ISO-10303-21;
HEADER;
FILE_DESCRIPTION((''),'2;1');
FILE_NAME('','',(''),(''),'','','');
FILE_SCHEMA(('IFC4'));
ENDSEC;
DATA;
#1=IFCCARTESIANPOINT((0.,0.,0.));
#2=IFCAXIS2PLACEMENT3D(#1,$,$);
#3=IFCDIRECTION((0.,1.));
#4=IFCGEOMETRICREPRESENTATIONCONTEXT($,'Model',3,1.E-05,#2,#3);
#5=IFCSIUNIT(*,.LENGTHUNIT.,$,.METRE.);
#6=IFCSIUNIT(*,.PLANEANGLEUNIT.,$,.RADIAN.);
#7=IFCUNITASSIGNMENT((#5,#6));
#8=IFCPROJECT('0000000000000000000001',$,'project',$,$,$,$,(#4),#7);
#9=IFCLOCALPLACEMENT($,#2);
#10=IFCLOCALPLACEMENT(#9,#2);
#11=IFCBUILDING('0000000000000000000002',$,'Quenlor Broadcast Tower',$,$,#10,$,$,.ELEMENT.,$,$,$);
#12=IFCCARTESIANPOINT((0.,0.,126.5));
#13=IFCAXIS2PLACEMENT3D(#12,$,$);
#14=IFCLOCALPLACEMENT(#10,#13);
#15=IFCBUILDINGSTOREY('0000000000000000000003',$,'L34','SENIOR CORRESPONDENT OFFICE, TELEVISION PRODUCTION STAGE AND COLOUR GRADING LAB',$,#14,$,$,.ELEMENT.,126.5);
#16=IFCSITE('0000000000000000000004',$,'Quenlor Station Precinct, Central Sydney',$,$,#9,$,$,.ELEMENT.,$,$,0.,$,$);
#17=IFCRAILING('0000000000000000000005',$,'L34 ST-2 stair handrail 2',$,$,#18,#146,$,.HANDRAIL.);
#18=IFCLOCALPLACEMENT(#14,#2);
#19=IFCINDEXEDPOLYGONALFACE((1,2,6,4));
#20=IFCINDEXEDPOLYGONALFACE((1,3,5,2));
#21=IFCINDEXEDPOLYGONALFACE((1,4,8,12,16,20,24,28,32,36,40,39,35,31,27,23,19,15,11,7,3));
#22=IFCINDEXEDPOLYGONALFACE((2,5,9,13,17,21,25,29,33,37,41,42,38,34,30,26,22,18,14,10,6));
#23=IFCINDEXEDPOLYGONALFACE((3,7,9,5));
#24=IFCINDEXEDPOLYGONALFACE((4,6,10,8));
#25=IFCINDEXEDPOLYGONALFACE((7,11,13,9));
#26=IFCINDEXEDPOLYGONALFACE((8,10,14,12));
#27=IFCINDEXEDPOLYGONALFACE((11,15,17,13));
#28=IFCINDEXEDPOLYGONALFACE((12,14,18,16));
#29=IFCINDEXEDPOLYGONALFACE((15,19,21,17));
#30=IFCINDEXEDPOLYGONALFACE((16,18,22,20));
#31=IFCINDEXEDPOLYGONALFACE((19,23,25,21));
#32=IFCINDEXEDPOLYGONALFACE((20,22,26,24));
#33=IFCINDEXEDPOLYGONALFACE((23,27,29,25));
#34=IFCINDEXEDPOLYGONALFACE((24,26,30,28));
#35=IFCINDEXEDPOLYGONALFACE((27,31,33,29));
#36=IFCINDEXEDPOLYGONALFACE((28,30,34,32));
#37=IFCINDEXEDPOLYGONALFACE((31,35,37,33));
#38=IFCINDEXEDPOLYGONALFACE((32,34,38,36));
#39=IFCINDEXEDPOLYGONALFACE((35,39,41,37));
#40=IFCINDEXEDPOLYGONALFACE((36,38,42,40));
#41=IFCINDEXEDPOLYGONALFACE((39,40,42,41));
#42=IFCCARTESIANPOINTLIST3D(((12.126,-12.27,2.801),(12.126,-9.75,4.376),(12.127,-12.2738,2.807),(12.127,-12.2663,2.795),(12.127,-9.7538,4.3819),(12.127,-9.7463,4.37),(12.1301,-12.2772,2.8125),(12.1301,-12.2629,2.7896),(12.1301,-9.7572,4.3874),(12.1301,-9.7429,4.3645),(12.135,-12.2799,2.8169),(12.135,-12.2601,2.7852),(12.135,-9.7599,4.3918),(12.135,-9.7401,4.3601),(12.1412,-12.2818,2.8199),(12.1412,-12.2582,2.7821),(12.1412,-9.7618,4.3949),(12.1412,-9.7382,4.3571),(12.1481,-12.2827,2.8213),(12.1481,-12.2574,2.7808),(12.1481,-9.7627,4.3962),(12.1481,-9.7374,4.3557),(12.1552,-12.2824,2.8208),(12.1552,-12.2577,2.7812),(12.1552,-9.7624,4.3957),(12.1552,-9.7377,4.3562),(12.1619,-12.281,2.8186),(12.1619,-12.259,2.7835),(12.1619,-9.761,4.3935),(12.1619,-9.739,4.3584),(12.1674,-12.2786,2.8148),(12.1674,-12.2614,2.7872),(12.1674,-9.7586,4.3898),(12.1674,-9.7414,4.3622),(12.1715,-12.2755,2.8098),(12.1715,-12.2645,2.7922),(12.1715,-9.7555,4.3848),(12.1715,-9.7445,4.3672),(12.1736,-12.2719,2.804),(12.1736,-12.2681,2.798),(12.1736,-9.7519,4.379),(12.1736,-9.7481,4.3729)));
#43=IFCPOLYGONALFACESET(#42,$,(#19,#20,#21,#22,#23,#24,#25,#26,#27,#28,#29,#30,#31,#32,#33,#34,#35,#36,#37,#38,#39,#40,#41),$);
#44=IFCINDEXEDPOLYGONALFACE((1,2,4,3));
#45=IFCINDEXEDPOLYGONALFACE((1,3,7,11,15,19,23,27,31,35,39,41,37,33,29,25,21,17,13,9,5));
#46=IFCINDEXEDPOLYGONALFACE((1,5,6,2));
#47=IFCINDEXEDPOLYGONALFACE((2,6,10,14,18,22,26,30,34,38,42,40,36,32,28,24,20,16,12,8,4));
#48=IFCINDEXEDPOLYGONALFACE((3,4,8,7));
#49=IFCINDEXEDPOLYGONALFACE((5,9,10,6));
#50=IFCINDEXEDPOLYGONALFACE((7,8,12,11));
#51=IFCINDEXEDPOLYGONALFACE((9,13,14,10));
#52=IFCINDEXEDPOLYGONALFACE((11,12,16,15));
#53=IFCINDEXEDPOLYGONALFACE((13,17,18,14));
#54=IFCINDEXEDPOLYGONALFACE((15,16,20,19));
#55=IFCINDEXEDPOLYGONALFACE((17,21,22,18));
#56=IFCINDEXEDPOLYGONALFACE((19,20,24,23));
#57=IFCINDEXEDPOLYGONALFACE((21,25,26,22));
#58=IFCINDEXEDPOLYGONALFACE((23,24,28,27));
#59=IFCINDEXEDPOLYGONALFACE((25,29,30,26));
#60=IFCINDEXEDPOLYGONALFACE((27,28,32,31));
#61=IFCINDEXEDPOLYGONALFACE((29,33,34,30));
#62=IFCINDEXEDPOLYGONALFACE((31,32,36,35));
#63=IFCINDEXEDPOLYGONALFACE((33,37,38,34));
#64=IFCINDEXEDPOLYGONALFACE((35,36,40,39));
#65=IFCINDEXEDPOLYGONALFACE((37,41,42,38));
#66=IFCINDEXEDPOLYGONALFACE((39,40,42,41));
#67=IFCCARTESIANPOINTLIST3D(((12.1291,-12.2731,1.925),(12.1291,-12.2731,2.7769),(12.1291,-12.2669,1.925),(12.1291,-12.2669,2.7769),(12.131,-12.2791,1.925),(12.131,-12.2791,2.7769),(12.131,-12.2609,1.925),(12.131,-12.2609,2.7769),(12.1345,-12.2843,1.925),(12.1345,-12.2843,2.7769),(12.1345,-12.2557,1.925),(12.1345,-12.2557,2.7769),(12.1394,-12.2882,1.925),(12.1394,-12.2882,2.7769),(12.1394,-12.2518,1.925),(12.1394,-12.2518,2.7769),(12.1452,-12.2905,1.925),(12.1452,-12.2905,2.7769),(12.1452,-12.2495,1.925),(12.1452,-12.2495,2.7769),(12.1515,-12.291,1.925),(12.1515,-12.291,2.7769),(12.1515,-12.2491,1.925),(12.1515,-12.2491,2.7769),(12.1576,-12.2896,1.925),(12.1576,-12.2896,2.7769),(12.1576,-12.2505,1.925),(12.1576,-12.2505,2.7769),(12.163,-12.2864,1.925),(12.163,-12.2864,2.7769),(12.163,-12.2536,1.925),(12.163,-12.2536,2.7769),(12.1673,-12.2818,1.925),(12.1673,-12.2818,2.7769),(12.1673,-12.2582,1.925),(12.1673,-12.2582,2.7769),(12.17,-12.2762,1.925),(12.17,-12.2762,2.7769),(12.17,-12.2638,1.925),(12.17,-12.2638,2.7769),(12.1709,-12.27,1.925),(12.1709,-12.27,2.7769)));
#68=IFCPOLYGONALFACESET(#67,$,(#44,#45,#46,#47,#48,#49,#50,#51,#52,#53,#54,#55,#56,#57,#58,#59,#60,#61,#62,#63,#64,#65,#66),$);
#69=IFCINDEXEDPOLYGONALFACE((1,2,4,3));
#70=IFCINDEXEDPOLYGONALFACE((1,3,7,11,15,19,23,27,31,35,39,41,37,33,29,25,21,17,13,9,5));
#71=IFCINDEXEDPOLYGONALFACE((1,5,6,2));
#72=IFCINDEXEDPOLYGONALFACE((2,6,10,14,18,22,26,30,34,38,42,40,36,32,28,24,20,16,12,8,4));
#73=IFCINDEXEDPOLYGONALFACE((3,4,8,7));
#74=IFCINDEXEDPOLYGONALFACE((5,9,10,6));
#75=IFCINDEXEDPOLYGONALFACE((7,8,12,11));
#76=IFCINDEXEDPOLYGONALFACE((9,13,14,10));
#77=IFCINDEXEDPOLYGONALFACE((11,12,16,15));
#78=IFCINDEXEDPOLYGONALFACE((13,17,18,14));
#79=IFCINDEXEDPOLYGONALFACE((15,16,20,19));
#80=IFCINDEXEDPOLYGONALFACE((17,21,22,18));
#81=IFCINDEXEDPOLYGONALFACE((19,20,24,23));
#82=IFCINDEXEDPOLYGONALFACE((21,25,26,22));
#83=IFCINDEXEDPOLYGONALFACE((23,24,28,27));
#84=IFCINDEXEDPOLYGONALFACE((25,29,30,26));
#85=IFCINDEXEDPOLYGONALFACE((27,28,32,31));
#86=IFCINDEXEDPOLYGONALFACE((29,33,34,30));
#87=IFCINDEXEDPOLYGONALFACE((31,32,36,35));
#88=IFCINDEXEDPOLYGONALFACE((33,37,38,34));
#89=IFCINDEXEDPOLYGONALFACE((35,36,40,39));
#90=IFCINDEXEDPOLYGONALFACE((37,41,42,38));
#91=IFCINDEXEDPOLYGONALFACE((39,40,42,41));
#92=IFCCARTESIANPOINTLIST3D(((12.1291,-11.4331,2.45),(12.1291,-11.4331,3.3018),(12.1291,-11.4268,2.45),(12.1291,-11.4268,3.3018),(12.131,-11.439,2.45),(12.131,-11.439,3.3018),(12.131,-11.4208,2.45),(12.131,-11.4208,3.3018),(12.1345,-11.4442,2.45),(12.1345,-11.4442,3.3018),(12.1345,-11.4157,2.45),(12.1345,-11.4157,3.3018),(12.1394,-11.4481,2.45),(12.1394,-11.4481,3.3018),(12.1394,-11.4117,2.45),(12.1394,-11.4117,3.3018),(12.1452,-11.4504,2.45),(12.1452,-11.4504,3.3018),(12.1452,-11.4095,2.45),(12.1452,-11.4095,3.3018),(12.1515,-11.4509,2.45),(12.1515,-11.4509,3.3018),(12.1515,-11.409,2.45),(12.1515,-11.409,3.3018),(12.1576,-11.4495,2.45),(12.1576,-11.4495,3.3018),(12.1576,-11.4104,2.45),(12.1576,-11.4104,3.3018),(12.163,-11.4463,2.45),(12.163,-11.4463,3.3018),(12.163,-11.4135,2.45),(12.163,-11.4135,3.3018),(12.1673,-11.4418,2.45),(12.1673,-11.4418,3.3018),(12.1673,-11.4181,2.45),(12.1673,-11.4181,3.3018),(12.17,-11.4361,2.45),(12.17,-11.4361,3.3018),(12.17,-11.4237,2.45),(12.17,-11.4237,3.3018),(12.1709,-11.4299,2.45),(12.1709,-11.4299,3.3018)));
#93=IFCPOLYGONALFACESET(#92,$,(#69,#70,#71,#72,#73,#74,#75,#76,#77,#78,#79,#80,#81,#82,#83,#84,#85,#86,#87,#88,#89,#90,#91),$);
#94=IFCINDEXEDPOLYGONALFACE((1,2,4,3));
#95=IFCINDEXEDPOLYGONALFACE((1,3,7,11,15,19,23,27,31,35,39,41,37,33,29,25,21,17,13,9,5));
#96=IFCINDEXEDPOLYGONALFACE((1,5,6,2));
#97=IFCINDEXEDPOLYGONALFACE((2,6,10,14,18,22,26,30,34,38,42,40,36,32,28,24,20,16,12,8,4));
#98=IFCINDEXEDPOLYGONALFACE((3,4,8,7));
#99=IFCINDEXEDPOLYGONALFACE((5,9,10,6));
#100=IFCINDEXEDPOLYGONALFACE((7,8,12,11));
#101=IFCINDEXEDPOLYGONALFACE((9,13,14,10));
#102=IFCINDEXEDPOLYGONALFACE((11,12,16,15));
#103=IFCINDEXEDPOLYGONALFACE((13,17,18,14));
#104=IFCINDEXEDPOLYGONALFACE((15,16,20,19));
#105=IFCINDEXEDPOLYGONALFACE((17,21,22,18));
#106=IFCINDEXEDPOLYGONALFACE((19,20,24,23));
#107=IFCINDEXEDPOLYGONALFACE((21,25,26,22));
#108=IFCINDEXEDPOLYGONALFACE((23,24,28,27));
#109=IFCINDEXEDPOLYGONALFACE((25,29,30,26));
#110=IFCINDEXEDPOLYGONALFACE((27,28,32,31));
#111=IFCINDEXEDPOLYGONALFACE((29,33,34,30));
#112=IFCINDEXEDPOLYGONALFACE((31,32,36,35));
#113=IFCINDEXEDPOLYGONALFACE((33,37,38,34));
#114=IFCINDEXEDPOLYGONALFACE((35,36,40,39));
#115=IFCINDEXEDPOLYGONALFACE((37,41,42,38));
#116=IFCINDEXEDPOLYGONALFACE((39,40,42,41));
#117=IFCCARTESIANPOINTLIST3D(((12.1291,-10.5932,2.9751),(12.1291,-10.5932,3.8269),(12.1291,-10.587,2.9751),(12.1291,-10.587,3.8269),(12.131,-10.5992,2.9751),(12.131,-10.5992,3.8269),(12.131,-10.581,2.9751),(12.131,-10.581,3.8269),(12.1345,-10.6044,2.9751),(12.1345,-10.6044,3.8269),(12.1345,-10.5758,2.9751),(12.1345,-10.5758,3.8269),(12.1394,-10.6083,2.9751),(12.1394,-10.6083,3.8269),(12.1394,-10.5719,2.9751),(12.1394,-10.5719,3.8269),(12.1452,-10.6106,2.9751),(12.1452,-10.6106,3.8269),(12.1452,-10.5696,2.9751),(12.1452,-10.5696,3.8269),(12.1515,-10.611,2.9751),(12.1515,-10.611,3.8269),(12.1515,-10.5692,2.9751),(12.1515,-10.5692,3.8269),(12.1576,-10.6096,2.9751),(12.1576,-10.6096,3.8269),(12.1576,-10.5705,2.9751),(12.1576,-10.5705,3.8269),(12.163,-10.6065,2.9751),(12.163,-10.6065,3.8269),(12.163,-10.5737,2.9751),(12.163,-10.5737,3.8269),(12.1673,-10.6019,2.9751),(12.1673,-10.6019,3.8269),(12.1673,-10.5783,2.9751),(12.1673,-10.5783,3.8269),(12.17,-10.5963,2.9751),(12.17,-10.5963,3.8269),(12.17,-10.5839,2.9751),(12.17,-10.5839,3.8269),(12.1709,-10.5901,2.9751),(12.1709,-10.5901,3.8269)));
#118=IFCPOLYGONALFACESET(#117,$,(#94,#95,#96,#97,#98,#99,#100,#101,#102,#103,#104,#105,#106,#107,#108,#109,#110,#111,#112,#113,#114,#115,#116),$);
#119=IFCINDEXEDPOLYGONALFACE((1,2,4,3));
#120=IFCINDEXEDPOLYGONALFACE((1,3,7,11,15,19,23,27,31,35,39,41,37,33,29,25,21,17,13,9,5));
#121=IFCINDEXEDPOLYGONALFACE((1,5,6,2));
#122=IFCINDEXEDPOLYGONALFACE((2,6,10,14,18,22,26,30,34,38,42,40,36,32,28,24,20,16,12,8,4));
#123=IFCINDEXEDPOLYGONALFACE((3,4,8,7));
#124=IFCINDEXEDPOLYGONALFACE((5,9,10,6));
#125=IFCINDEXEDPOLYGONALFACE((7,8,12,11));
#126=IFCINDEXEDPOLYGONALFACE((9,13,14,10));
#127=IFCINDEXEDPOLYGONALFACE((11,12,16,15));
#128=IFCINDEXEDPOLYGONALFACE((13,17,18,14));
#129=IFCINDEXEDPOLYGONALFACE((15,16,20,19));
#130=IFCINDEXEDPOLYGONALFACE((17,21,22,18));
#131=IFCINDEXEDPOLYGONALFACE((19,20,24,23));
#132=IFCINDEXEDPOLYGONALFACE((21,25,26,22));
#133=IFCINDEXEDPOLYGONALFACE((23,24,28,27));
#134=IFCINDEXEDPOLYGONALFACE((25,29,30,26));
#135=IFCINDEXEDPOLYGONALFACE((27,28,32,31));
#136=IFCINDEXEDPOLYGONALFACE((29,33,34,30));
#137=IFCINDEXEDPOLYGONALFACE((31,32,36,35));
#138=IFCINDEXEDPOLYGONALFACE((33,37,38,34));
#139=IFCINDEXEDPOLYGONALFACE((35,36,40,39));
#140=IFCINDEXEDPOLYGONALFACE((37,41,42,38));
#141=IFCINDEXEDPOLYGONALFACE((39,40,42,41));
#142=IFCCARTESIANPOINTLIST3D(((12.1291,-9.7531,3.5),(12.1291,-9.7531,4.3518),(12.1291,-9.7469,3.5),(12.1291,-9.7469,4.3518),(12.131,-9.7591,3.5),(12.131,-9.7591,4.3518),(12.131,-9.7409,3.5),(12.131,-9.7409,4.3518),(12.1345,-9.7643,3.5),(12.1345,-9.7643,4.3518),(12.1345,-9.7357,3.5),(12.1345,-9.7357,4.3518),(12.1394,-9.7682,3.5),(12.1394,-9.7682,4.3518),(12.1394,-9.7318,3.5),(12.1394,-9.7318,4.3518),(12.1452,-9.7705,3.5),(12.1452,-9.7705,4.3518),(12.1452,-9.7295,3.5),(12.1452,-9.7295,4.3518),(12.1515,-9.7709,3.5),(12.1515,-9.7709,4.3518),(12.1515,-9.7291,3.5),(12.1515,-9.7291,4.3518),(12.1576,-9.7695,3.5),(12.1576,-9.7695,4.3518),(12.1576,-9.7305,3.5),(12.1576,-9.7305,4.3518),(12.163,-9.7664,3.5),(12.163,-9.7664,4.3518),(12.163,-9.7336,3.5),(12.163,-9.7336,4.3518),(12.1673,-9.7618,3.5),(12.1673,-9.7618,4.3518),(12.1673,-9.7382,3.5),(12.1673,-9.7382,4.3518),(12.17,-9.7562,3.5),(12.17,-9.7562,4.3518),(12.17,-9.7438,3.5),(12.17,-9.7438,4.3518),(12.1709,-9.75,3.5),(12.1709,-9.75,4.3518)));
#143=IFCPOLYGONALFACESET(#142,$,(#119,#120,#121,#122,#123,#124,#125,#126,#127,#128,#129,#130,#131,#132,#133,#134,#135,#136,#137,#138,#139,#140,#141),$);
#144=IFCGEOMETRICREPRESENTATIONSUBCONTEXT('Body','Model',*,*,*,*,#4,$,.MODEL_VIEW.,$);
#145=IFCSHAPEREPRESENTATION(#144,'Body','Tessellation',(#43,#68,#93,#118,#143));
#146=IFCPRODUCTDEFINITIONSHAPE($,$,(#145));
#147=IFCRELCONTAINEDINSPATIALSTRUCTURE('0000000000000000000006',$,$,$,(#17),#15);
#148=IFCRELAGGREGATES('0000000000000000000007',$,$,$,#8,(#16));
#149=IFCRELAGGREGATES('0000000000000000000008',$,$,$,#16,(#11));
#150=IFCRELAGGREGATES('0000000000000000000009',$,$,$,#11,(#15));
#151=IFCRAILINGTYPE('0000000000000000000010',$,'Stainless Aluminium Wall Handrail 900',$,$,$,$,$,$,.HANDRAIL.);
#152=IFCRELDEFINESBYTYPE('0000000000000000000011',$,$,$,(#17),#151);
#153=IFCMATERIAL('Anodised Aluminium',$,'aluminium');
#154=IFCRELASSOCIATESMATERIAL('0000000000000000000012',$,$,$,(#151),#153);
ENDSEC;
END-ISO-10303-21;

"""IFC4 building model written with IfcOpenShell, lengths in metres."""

from ifc_helpers import new_model, si_unit, direction, frame, origin, origin_2d, place, context, subcontext, project, spatial, circle, extrude, material, type_object, element, save


model = new_model("IFC4")

# Units and contexts
model_context = context("Model", 3, precision=1e-05, world=origin(), true_north=direction((0.0, 1.0)))
body_context = subcontext(model_context, "Body", "Model", "MODEL_VIEW")
ifc_project = project(units=[si_unit("LENGTHUNIT", "METRE"), si_unit("PLANEANGLEUNIT", "RADIAN")], contexts=[model_context])

# Site, building, storey
site_placement = place(None, origin())
site = spatial("IfcSite", under=ifc_project, at=site_placement, Name="Quenlor Station Precinct, Central Sydney", CompositionType="ELEMENT", RefElevation=0.0)
building_placement = place(site_placement, origin())
building = spatial("IfcBuilding", under=site, at=building_placement, Name="Quenlor Broadcast Tower", CompositionType="ELEMENT")
storey_placement = place(building_placement, frame((0.0, 0.0, 126.5)))
storey = spatial("IfcBuildingStorey", under=building, at=storey_placement, Name="L34", Description="SENIOR CORRESPONDENT OFFICE, TELEVISION PRODUCTION STAGE AND COLOUR GRADING LAB", CompositionType="ELEMENT", Elevation=126.5)

# Railing
ifc_material_1 = material(Name="Anodised Aluminium", Category="aluminium")
railing_type_1 = type_object("IfcRailingType", Name="Stainless Aluminium Wall Handrail 900", PredefinedType="HANDRAIL", material=ifc_material_1)
railing_1_placement = place(storey_placement, frame((12.1499, -12.27, 1.925)))
element("IfcRailing", 1, at=railing_1_placement, inside=storey, type_object=railing_type_1, Name="L34 ST-2 stair handrail 2", PredefinedType="HANDRAIL", context=body_context, shape_type="SweptSolid", body=[
    extrude(circle(Radius=0.0239, at=origin_2d()), frame((0.0, 0.0, 0.876), z_axis=(0.0, 0.848008, 0.529984), x_axis=(-1.0, 0.0, 0.0)), (0.0, 0.0, 1.0), 2.9717),
    extrude(circle(Radius=0.021, at=origin_2d()), origin(), (0.0, 0.0, 1.0), 0.8518),
    extrude(circle(Radius=0.021, at=origin_2d()), frame((0.0, 0.8401, 0.5249)), (0.0, 0.0, 1.0), 0.8518),
    extrude(circle(Radius=0.021, at=origin_2d()), frame((0.0, 1.6799, 1.05)), (0.0, 0.0, 1.0), 0.8518),
    extrude(circle(Radius=0.021, at=origin_2d()), frame((0.0, 2.52, 1.575)), (0.0, 0.0, 1.0), 0.8518),
])

save(model, "model.ifc")
